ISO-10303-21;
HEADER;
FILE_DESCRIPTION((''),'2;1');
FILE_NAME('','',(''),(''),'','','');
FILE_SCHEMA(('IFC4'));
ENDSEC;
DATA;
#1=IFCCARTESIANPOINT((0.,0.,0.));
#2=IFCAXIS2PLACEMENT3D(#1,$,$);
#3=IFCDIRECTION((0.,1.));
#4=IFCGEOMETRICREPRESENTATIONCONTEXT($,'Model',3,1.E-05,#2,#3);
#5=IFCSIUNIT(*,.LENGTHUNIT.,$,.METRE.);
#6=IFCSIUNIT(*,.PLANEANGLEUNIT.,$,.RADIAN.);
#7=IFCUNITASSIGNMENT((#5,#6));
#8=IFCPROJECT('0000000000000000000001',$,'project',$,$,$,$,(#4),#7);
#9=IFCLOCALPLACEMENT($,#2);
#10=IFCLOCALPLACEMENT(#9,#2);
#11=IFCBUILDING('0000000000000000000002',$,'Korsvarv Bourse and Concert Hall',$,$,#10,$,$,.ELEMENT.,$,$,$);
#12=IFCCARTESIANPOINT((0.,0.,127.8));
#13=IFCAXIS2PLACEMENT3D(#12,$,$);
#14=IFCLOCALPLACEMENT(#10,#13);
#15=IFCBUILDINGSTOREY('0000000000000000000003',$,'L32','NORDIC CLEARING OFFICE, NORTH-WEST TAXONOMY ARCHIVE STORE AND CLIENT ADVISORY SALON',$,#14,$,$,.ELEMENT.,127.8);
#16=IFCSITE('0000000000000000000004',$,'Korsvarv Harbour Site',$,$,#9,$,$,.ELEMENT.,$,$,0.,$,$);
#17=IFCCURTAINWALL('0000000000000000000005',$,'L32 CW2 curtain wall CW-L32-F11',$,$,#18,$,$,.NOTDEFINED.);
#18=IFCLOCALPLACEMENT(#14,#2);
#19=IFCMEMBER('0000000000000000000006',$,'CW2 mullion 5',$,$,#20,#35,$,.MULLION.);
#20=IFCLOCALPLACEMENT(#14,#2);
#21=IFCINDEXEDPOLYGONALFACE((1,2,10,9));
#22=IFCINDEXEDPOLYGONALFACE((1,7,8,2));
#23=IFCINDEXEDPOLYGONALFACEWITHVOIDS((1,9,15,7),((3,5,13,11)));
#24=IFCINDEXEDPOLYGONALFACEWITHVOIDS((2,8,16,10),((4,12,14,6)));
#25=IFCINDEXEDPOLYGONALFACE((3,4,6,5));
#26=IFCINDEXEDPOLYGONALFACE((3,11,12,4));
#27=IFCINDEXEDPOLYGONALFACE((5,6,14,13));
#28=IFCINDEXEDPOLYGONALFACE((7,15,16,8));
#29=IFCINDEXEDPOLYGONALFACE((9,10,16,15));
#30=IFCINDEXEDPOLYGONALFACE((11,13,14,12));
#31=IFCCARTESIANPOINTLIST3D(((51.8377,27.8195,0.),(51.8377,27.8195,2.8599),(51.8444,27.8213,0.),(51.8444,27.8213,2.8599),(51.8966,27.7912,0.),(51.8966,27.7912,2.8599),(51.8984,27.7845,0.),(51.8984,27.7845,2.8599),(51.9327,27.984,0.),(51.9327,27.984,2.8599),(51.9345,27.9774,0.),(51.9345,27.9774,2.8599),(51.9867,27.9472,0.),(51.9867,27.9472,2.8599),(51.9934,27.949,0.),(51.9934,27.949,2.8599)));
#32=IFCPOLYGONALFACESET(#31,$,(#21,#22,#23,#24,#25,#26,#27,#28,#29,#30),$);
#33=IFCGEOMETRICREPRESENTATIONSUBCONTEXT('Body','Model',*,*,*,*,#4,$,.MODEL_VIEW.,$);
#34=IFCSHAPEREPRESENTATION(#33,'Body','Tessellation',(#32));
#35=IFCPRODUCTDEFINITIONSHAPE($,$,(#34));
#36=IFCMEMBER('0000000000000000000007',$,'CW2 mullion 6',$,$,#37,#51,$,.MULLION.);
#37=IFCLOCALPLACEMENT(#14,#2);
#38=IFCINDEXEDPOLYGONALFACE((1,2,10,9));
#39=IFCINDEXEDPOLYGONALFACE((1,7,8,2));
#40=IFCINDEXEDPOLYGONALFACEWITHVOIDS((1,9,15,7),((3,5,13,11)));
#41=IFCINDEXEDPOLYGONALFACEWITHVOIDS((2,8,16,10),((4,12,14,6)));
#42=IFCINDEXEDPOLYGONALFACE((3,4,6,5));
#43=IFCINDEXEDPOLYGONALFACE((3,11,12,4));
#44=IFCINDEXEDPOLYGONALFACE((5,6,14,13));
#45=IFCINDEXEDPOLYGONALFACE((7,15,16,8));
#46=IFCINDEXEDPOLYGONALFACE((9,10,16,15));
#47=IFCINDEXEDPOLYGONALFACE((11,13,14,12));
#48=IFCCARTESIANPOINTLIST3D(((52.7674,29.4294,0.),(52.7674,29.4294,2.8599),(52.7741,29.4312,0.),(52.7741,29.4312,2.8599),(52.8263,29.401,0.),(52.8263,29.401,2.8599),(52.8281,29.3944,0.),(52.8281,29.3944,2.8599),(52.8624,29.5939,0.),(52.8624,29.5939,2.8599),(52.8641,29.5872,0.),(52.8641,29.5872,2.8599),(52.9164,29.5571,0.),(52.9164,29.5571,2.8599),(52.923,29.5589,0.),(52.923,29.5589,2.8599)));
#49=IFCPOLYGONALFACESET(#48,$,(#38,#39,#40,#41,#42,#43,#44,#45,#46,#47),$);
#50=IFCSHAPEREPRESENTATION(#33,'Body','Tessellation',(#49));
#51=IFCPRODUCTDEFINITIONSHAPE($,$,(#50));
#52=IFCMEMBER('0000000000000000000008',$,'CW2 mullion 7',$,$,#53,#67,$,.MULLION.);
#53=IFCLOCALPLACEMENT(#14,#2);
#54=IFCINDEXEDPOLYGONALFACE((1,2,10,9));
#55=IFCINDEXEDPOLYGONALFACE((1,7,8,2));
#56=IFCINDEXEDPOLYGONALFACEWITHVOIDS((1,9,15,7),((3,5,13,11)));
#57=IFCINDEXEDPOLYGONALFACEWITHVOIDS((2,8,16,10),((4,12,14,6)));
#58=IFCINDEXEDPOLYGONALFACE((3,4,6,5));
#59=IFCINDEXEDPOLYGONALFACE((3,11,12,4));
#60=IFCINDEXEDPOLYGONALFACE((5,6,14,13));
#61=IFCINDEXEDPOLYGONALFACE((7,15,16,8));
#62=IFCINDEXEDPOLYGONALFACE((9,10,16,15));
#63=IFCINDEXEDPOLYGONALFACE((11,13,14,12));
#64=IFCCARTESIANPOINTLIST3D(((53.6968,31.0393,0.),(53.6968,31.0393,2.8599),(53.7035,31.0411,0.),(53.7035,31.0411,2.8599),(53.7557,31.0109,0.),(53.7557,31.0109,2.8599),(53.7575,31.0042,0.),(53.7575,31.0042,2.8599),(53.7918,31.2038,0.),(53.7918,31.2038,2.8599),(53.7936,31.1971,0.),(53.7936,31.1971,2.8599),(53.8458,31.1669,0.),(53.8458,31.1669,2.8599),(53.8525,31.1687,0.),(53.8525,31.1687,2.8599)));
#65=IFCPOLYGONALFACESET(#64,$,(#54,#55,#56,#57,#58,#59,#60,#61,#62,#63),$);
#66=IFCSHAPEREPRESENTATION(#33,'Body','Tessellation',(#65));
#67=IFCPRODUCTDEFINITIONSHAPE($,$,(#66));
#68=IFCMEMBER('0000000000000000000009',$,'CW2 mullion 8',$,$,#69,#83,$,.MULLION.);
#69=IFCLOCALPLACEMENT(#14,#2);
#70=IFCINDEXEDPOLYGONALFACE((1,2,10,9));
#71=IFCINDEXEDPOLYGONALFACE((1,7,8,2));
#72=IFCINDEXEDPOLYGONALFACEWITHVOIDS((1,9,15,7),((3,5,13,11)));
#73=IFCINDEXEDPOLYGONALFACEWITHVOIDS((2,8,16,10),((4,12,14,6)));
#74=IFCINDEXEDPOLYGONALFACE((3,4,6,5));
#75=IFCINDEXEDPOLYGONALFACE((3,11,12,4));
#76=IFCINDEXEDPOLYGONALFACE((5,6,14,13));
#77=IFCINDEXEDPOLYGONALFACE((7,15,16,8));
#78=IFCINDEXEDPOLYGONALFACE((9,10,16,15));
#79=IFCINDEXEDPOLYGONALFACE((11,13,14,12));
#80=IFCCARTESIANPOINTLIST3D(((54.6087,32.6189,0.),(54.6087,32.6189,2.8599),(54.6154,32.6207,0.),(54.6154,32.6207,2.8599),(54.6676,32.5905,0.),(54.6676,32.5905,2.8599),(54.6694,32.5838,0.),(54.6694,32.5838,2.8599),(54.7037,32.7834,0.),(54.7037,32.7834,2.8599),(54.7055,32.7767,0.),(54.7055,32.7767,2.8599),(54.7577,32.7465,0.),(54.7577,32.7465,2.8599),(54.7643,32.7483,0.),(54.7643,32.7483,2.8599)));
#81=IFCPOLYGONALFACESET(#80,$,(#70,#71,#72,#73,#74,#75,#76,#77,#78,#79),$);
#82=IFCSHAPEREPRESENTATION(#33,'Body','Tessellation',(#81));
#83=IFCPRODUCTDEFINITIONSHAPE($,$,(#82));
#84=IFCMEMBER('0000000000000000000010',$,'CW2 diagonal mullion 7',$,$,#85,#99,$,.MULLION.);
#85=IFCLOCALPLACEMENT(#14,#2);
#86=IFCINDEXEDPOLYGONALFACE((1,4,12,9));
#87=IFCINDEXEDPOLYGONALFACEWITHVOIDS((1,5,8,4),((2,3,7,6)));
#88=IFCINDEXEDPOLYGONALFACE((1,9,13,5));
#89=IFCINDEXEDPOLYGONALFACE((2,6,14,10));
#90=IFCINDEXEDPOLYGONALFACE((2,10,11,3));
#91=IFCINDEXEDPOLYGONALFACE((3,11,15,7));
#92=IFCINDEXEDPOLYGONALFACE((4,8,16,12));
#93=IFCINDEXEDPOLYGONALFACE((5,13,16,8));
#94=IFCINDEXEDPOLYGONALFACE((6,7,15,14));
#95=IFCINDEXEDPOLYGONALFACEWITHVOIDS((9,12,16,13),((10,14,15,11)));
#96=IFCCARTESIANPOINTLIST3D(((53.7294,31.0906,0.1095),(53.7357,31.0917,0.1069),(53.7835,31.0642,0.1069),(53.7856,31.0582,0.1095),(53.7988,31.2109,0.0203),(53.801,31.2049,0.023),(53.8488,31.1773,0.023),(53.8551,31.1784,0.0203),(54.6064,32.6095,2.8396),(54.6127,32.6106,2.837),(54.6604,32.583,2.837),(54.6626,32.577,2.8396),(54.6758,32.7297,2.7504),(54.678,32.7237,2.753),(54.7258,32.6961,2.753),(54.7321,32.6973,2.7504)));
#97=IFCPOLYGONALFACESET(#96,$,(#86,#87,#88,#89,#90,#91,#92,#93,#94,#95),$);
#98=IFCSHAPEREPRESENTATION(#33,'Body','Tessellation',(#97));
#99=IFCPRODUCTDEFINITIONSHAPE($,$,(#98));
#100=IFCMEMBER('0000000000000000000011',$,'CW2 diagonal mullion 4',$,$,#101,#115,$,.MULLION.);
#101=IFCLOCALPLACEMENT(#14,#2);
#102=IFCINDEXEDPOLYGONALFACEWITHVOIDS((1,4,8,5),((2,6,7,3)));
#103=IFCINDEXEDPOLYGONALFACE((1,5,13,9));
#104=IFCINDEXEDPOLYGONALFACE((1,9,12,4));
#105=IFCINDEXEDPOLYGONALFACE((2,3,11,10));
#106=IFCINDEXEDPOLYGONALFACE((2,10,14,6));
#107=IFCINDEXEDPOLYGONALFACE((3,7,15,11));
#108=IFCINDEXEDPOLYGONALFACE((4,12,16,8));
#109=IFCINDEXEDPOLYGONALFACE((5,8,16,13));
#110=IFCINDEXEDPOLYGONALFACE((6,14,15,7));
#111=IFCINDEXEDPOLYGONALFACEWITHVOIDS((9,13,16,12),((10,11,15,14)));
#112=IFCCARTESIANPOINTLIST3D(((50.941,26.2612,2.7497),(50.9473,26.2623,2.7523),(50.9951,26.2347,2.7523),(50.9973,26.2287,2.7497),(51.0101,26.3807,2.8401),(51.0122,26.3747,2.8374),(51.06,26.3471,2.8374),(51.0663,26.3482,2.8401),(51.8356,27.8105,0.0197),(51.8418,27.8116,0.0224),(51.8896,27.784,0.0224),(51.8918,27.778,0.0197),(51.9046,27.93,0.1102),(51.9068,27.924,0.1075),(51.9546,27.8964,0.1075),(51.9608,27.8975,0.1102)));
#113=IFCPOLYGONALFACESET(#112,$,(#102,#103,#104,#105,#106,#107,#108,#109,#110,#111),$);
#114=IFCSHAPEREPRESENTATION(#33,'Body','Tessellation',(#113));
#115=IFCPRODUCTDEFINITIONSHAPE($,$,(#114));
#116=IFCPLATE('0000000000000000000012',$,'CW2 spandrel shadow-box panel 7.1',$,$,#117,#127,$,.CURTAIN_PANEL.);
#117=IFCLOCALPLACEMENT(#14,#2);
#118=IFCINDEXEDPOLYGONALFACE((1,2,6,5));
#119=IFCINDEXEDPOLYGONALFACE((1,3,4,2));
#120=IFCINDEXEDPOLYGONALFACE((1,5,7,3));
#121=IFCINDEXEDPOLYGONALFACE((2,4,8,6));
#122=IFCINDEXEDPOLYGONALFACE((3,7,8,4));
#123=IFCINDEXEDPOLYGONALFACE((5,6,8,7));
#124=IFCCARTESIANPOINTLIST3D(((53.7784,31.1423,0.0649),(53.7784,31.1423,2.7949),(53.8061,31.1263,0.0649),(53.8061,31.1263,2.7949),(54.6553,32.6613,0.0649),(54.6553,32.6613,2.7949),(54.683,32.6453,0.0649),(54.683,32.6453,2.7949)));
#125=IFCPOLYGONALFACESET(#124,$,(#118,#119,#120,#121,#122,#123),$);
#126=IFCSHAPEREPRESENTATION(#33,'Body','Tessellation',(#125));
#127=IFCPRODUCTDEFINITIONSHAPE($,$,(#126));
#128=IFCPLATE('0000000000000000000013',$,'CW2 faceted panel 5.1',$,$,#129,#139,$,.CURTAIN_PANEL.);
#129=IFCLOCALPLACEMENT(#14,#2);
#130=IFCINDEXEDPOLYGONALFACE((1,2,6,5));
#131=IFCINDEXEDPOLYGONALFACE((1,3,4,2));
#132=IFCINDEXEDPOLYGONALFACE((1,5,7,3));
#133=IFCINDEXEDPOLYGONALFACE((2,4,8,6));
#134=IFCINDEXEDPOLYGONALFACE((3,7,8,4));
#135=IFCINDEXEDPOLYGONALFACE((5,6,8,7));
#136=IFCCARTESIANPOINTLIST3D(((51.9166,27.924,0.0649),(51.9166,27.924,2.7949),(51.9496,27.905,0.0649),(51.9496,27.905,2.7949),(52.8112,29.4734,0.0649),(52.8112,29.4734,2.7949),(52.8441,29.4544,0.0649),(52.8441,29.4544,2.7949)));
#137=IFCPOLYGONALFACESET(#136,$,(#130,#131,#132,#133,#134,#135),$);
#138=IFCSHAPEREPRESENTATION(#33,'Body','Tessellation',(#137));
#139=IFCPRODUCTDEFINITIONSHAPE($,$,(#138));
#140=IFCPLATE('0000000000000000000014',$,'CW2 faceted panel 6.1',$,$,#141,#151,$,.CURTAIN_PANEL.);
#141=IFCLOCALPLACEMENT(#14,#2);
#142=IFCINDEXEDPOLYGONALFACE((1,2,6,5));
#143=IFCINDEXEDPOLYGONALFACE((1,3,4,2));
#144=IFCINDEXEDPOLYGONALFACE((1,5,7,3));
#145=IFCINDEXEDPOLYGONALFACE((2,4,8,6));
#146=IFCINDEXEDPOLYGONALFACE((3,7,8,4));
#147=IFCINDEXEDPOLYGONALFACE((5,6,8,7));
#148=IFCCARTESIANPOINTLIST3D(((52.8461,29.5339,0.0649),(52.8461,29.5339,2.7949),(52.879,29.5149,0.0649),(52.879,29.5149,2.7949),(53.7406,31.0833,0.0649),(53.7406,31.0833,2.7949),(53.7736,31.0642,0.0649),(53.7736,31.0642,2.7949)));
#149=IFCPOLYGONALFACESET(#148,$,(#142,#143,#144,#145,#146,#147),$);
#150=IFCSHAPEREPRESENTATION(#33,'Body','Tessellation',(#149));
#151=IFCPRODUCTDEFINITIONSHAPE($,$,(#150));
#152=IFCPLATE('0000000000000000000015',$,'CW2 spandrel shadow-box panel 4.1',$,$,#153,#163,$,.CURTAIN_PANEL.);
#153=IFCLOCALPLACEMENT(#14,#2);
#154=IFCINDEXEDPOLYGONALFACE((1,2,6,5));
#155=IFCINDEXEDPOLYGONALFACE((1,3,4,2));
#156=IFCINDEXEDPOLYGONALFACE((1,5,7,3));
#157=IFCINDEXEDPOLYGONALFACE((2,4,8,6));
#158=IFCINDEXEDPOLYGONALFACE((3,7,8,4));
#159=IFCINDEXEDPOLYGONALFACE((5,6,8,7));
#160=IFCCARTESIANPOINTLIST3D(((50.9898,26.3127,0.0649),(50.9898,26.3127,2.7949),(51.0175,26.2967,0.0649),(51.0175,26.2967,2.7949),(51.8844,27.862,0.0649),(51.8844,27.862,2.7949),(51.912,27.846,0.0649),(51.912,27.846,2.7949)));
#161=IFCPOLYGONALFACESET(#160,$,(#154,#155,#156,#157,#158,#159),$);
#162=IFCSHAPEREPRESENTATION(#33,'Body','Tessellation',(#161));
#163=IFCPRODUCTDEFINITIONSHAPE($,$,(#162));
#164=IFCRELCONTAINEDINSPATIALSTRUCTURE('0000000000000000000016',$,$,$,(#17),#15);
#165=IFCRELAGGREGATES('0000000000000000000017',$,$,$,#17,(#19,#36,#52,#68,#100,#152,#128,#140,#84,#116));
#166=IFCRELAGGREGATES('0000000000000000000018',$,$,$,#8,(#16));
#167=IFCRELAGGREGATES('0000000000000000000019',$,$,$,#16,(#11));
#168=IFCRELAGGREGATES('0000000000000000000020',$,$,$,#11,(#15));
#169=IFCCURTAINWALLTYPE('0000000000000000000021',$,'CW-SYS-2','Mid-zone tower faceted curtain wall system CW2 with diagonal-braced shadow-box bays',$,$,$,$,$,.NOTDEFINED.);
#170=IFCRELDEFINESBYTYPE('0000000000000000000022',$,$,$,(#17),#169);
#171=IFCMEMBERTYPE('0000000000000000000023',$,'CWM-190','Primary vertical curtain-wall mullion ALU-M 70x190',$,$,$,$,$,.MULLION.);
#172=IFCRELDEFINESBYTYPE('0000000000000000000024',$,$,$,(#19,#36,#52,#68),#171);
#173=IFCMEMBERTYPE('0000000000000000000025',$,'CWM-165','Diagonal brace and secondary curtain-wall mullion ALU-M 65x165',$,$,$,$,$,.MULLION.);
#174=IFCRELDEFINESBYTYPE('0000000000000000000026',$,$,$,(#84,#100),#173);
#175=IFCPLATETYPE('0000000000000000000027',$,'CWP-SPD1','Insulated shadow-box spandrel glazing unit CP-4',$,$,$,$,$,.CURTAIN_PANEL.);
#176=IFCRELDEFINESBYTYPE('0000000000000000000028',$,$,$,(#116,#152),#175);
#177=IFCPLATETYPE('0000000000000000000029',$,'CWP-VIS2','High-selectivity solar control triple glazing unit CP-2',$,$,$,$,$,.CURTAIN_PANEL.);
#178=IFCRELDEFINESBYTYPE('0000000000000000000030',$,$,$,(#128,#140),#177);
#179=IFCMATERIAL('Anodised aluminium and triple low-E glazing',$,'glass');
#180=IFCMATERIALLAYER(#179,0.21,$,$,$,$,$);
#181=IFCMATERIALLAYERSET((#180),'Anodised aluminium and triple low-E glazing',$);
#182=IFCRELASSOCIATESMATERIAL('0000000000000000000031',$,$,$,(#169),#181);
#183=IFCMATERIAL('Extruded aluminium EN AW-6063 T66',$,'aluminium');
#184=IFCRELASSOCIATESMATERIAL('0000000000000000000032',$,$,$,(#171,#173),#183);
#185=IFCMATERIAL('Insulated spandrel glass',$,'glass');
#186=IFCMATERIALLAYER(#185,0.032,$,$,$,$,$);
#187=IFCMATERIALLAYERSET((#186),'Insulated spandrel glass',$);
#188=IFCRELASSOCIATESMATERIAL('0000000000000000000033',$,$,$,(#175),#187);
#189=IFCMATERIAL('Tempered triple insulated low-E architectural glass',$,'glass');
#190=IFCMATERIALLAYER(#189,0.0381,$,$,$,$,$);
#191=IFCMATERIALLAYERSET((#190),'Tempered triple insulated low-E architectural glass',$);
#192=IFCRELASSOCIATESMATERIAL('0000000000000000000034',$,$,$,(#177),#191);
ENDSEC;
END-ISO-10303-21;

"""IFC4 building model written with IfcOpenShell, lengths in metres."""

from ifc_helpers import new_model, si_unit, direction, frame, origin, origin_2d, place, context, subcontext, project, spatial, rectangle, hollow_rectangle, extrude, source, transform, mapped, material, layer, layer_set, material_profile, profile_set, type_object, element, aggregate, save


model = new_model("IFC4")

# Units and contexts
model_context = context("Model", 3, precision=1e-05, world=origin(), true_north=direction((0.0, 1.0)))
body_context = subcontext(model_context, "Body", "Model", "MODEL_VIEW")
ifc_project = project(units=[si_unit("LENGTHUNIT", "METRE"), si_unit("PLANEANGLEUNIT", "RADIAN")], contexts=[model_context])

# Site, building, storey
site_placement = place(None, origin())
site = spatial("IfcSite", under=ifc_project, at=site_placement, Name="Korsvarv Harbour Site", CompositionType="ELEMENT", RefElevation=0.0)
building_placement = place(site_placement, origin())
building = spatial("IfcBuilding", under=site, at=building_placement, Name="Korsvarv Bourse and Concert Hall", CompositionType="ELEMENT")
storey_placement = place(building_placement, frame((0.0, 0.0, 127.8)))
storey = spatial("IfcBuildingStorey", under=building, at=storey_placement, Name="L32", Description="NORDIC CLEARING OFFICE, NORTH-WEST TAXONOMY ARCHIVE STORE AND CLIENT ADVISORY SALON", CompositionType="ELEMENT", Elevation=127.8)

# Curtain wall, members, plates
ifc_material_1 = material(Name="Anodised aluminium and triple low-E glazing", Category="glass")
ifc_layer_1 = layer(ifc_material_1, 0.21)
ifc_layer_set_1 = layer_set([ifc_layer_1], Name="Anodised aluminium and triple low-E glazing")
curtain_wall_type = type_object("IfcCurtainWallType", Name="CW-SYS-2", Description="Mid-zone tower faceted curtain wall system CW2 with diagonal-braced shadow-box bays", PredefinedType="NOTDEFINED", material=ifc_layer_set_1)
curtain_wall_placement = place(storey_placement, origin())
curtain_wall = element("IfcCurtainWall", 1, at=curtain_wall_placement, inside=storey, type_object=curtain_wall_type, Name="L32 CW2 curtain wall CW-L32-F11", PredefinedType="NOTDEFINED")
ifc_material_2 = material(Name="Extruded aluminium EN AW-6063 T66", Category="aluminium")
ifc_material_profile_1 = material_profile(ifc_material_2, hollow_rectangle(XDim=0.0701, YDim=0.1899, WallThickness=0.0049, at=origin_2d()), Name="ALU-M 70x190")
ifc_profile_set_1 = profile_set([ifc_material_profile_1], Name="Extruded aluminium EN AW-6063 T66")
member_type_1 = type_object("IfcMemberType", Name="CWM-190", Description="Primary vertical curtain-wall mullion ALU-M 70x190", PredefinedType="MULLION", material=ifc_profile_set_1)
shared_shape_1 = source(origin(), body_context, "Body", "SweptSolid", [
    extrude(hollow_rectangle(XDim=0.0701, YDim=0.1899, WallThickness=0.0049, at=origin_2d()), origin(), (0.0, 0.0, 1.0), 2.8599),
])
member_1_placement = place(storey_placement, frame((51.9155, 27.8843, 0.0), z_axis=(0.0, 0.0, 1.0), x_axis=(-0.866021, 0.500007, 0.0)))
member_1 = element("IfcMember", 2, at=member_1_placement, type_object=member_type_1, Name="CW2 mullion 5", PredefinedType="MULLION", context=body_context, shape_type="MappedRepresentation", body=[
    mapped(shared_shape_1, transform((0.0, 0.0, 0.0), scale=1.0)),
])
member_2_placement = place(storey_placement, frame((52.8452, 29.4941, 0.0), z_axis=(0.0, 0.0, 1.0), x_axis=(-0.866021, 0.500007, 0.0)))
member_2 = element("IfcMember", 3, at=member_2_placement, type_object=member_type_1, Name="CW2 mullion 6", PredefinedType="MULLION", context=body_context, shape_type="MappedRepresentation", body=[
    mapped(shared_shape_1, transform((0.0, 0.0, 0.0), scale=1.0)),
])
member_3_placement = place(storey_placement, frame((53.7747, 31.104, 0.0), z_axis=(0.0, 0.0, 1.0), x_axis=(-0.866021, 0.500007, 0.0)))
member_3 = element("IfcMember", 4, at=member_3_placement, type_object=member_type_1, Name="CW2 mullion 7", PredefinedType="MULLION", context=body_context, shape_type="MappedRepresentation", body=[
    mapped(shared_shape_1, transform((0.0, 0.0, 0.0), scale=1.0)),
])
member_4_placement = place(storey_placement, frame((54.6865, 32.6836, 0.0), z_axis=(0.0, 0.0, 1.0), x_axis=(-0.866021, 0.500007, 0.0)))
member_4 = element("IfcMember", 5, at=member_4_placement, type_object=member_type_1, Name="CW2 mullion 8", PredefinedType="MULLION", context=body_context, shape_type="MappedRepresentation", body=[
    mapped(shared_shape_1, transform((0.0, 0.0, 0.0), scale=1.0)),
])
ifc_material_profile_2 = material_profile(ifc_material_2, hollow_rectangle(XDim=0.0649, YDim=0.165, WallThickness=0.0049, at=origin_2d()), Name="ALU-M 65x165")
ifc_profile_set_2 = profile_set([ifc_material_profile_2], Name="Extruded aluminium EN AW-6063 T66")
member_type_2 = type_object("IfcMemberType", Name="CWM-165", Description="Diagonal brace and secondary curtain-wall mullion ALU-M 65x165", PredefinedType="MULLION", material=ifc_profile_set_2)
shared_shape_2 = source(origin(), body_context, "Body", "SweptSolid", [
    extrude(hollow_rectangle(XDim=0.0649, YDim=0.165, WallThickness=0.0049, at=origin_2d()), origin(), (0.0, 0.0, 1.0), 3.2449),
])
member_5_placement = place(storey_placement, frame((53.7922, 31.1345, 0.0649), z_axis=(0.270266, 0.468075, 0.841346), x_axis=(-0.866007, 0.500032, 0.0)))
member_5 = element("IfcMember", 6, at=member_5_placement, type_object=member_type_2, Name="CW2 diagonal mullion 7", PredefinedType="MULLION", context=body_context, shape_type="MappedRepresentation", body=[
    mapped(shared_shape_2, transform((0.0, 0.0, 0.0), scale=1.0)),
])
shared_shape_3 = source(origin(), body_context, "Body", "SweptSolid", [
    extrude(hollow_rectangle(XDim=0.0649, YDim=0.165, WallThickness=0.0049, at=origin_2d()), origin(), (0.0, 0.0, 1.0), 3.2639),
])
member_6_placement = place(storey_placement, frame((51.8982, 27.854, 0.0649), z_axis=(-0.274064, -0.474675, 0.836404), x_axis=(0.866017, -0.500014, 0.0)))
member_6 = element("IfcMember", 7, at=member_6_placement, type_object=member_type_2, Name="CW2 diagonal mullion 4", PredefinedType="MULLION", context=body_context, shape_type="MappedRepresentation", body=[
    mapped(shared_shape_3, transform((0.0, 0.0, 0.0), scale=1.0)),
])
ifc_material_3 = material(Name="Insulated spandrel glass", Category="glass")
ifc_layer_2 = layer(ifc_material_3, 0.032)
ifc_layer_set_2 = layer_set([ifc_layer_2], Name="Insulated spandrel glass")
plate_type_1 = type_object("IfcPlateType", Name="CWP-SPD1", Description="Insulated shadow-box spandrel glazing unit CP-4", PredefinedType="CURTAIN_PANEL", material=ifc_layer_set_2)
shared_shape_4 = source(origin(), body_context, "Body", "SweptSolid", [
    extrude(rectangle(XDim=1.7539, YDim=0.032, at=origin_2d()), origin(), (0.0, 0.0, 1.0), 2.73),
])
plate_1_placement = place(storey_placement, frame((54.2307, 31.8938, 0.0649), z_axis=(0.0, 0.0, 1.0), x_axis=(0.500007, 0.866021, 0.0)))
plate_1 = element("IfcPlate", 8, at=plate_1_placement, type_object=plate_type_1, Name="CW2 spandrel shadow-box panel 7.1", PredefinedType="CURTAIN_PANEL", context=body_context, shape_type="MappedRepresentation", body=[
    mapped(shared_shape_4, transform((0.0, 0.0, 0.0), scale=1.0)),
])
ifc_material_4 = material(Name="Tempered triple insulated low-E architectural glass", Category="glass")
ifc_layer_3 = layer(ifc_material_4, 0.0381)
ifc_layer_set_3 = layer_set([ifc_layer_3], Name="Tempered triple insulated low-E architectural glass")
plate_type_2 = type_object("IfcPlateType", Name="CWP-VIS2", Description="High-selectivity solar control triple glazing unit CP-2", PredefinedType="CURTAIN_PANEL", material=ifc_layer_set_3)
shared_shape_5 = source(origin(), body_context, "Body", "SweptSolid", [
    extrude(rectangle(XDim=1.7891, YDim=0.0381, at=origin_2d()), origin(), (0.0, 0.0, 1.0), 2.73),
])
plate_2_placement = place(storey_placement, frame((52.3804, 28.6892, 0.0649), z_axis=(0.0, 0.0, 1.0), x_axis=(0.500007, 0.866021, 0.0)))
plate_2 = element("IfcPlate", 9, at=plate_2_placement, type_object=plate_type_2, Name="CW2 faceted panel 5.1", PredefinedType="CURTAIN_PANEL", context=body_context, shape_type="MappedRepresentation", body=[
    mapped(shared_shape_5, transform((0.0, 0.0, 0.0), scale=1.0)),
])
plate_3_placement = place(storey_placement, frame((53.3098, 30.2991, 0.0649), z_axis=(0.0, 0.0, 1.0), x_axis=(0.500007, 0.866021, 0.0)))
plate_3 = element("IfcPlate", 10, at=plate_3_placement, type_object=plate_type_2, Name="CW2 faceted panel 6.1", PredefinedType="CURTAIN_PANEL", context=body_context, shape_type="MappedRepresentation", body=[
    mapped(shared_shape_5, transform((0.0, 0.0, 0.0), scale=1.0)),
])
shared_shape_6 = source(origin(), body_context, "Body", "SweptSolid", [
    extrude(rectangle(XDim=1.7891, YDim=0.032, at=origin_2d()), origin(), (0.0, 0.0, 1.0), 2.73),
])
plate_4_placement = place(storey_placement, frame((51.4509, 27.0793, 0.0649), z_axis=(0.0, 0.0, 1.0), x_axis=(0.500007, 0.866021, 0.0)))
plate_4 = element("IfcPlate", 11, at=plate_4_placement, type_object=plate_type_1, Name="CW2 spandrel shadow-box panel 4.1", PredefinedType="CURTAIN_PANEL", context=body_context, shape_type="MappedRepresentation", body=[
    mapped(shared_shape_6, transform((0.0, 0.0, 0.0), scale=1.0)),
])
aggregate(curtain_wall, [member_1, member_2, member_3, member_4, member_6, plate_4, plate_2, plate_3, member_5, plate_1])

save(model, "model.ifc")
